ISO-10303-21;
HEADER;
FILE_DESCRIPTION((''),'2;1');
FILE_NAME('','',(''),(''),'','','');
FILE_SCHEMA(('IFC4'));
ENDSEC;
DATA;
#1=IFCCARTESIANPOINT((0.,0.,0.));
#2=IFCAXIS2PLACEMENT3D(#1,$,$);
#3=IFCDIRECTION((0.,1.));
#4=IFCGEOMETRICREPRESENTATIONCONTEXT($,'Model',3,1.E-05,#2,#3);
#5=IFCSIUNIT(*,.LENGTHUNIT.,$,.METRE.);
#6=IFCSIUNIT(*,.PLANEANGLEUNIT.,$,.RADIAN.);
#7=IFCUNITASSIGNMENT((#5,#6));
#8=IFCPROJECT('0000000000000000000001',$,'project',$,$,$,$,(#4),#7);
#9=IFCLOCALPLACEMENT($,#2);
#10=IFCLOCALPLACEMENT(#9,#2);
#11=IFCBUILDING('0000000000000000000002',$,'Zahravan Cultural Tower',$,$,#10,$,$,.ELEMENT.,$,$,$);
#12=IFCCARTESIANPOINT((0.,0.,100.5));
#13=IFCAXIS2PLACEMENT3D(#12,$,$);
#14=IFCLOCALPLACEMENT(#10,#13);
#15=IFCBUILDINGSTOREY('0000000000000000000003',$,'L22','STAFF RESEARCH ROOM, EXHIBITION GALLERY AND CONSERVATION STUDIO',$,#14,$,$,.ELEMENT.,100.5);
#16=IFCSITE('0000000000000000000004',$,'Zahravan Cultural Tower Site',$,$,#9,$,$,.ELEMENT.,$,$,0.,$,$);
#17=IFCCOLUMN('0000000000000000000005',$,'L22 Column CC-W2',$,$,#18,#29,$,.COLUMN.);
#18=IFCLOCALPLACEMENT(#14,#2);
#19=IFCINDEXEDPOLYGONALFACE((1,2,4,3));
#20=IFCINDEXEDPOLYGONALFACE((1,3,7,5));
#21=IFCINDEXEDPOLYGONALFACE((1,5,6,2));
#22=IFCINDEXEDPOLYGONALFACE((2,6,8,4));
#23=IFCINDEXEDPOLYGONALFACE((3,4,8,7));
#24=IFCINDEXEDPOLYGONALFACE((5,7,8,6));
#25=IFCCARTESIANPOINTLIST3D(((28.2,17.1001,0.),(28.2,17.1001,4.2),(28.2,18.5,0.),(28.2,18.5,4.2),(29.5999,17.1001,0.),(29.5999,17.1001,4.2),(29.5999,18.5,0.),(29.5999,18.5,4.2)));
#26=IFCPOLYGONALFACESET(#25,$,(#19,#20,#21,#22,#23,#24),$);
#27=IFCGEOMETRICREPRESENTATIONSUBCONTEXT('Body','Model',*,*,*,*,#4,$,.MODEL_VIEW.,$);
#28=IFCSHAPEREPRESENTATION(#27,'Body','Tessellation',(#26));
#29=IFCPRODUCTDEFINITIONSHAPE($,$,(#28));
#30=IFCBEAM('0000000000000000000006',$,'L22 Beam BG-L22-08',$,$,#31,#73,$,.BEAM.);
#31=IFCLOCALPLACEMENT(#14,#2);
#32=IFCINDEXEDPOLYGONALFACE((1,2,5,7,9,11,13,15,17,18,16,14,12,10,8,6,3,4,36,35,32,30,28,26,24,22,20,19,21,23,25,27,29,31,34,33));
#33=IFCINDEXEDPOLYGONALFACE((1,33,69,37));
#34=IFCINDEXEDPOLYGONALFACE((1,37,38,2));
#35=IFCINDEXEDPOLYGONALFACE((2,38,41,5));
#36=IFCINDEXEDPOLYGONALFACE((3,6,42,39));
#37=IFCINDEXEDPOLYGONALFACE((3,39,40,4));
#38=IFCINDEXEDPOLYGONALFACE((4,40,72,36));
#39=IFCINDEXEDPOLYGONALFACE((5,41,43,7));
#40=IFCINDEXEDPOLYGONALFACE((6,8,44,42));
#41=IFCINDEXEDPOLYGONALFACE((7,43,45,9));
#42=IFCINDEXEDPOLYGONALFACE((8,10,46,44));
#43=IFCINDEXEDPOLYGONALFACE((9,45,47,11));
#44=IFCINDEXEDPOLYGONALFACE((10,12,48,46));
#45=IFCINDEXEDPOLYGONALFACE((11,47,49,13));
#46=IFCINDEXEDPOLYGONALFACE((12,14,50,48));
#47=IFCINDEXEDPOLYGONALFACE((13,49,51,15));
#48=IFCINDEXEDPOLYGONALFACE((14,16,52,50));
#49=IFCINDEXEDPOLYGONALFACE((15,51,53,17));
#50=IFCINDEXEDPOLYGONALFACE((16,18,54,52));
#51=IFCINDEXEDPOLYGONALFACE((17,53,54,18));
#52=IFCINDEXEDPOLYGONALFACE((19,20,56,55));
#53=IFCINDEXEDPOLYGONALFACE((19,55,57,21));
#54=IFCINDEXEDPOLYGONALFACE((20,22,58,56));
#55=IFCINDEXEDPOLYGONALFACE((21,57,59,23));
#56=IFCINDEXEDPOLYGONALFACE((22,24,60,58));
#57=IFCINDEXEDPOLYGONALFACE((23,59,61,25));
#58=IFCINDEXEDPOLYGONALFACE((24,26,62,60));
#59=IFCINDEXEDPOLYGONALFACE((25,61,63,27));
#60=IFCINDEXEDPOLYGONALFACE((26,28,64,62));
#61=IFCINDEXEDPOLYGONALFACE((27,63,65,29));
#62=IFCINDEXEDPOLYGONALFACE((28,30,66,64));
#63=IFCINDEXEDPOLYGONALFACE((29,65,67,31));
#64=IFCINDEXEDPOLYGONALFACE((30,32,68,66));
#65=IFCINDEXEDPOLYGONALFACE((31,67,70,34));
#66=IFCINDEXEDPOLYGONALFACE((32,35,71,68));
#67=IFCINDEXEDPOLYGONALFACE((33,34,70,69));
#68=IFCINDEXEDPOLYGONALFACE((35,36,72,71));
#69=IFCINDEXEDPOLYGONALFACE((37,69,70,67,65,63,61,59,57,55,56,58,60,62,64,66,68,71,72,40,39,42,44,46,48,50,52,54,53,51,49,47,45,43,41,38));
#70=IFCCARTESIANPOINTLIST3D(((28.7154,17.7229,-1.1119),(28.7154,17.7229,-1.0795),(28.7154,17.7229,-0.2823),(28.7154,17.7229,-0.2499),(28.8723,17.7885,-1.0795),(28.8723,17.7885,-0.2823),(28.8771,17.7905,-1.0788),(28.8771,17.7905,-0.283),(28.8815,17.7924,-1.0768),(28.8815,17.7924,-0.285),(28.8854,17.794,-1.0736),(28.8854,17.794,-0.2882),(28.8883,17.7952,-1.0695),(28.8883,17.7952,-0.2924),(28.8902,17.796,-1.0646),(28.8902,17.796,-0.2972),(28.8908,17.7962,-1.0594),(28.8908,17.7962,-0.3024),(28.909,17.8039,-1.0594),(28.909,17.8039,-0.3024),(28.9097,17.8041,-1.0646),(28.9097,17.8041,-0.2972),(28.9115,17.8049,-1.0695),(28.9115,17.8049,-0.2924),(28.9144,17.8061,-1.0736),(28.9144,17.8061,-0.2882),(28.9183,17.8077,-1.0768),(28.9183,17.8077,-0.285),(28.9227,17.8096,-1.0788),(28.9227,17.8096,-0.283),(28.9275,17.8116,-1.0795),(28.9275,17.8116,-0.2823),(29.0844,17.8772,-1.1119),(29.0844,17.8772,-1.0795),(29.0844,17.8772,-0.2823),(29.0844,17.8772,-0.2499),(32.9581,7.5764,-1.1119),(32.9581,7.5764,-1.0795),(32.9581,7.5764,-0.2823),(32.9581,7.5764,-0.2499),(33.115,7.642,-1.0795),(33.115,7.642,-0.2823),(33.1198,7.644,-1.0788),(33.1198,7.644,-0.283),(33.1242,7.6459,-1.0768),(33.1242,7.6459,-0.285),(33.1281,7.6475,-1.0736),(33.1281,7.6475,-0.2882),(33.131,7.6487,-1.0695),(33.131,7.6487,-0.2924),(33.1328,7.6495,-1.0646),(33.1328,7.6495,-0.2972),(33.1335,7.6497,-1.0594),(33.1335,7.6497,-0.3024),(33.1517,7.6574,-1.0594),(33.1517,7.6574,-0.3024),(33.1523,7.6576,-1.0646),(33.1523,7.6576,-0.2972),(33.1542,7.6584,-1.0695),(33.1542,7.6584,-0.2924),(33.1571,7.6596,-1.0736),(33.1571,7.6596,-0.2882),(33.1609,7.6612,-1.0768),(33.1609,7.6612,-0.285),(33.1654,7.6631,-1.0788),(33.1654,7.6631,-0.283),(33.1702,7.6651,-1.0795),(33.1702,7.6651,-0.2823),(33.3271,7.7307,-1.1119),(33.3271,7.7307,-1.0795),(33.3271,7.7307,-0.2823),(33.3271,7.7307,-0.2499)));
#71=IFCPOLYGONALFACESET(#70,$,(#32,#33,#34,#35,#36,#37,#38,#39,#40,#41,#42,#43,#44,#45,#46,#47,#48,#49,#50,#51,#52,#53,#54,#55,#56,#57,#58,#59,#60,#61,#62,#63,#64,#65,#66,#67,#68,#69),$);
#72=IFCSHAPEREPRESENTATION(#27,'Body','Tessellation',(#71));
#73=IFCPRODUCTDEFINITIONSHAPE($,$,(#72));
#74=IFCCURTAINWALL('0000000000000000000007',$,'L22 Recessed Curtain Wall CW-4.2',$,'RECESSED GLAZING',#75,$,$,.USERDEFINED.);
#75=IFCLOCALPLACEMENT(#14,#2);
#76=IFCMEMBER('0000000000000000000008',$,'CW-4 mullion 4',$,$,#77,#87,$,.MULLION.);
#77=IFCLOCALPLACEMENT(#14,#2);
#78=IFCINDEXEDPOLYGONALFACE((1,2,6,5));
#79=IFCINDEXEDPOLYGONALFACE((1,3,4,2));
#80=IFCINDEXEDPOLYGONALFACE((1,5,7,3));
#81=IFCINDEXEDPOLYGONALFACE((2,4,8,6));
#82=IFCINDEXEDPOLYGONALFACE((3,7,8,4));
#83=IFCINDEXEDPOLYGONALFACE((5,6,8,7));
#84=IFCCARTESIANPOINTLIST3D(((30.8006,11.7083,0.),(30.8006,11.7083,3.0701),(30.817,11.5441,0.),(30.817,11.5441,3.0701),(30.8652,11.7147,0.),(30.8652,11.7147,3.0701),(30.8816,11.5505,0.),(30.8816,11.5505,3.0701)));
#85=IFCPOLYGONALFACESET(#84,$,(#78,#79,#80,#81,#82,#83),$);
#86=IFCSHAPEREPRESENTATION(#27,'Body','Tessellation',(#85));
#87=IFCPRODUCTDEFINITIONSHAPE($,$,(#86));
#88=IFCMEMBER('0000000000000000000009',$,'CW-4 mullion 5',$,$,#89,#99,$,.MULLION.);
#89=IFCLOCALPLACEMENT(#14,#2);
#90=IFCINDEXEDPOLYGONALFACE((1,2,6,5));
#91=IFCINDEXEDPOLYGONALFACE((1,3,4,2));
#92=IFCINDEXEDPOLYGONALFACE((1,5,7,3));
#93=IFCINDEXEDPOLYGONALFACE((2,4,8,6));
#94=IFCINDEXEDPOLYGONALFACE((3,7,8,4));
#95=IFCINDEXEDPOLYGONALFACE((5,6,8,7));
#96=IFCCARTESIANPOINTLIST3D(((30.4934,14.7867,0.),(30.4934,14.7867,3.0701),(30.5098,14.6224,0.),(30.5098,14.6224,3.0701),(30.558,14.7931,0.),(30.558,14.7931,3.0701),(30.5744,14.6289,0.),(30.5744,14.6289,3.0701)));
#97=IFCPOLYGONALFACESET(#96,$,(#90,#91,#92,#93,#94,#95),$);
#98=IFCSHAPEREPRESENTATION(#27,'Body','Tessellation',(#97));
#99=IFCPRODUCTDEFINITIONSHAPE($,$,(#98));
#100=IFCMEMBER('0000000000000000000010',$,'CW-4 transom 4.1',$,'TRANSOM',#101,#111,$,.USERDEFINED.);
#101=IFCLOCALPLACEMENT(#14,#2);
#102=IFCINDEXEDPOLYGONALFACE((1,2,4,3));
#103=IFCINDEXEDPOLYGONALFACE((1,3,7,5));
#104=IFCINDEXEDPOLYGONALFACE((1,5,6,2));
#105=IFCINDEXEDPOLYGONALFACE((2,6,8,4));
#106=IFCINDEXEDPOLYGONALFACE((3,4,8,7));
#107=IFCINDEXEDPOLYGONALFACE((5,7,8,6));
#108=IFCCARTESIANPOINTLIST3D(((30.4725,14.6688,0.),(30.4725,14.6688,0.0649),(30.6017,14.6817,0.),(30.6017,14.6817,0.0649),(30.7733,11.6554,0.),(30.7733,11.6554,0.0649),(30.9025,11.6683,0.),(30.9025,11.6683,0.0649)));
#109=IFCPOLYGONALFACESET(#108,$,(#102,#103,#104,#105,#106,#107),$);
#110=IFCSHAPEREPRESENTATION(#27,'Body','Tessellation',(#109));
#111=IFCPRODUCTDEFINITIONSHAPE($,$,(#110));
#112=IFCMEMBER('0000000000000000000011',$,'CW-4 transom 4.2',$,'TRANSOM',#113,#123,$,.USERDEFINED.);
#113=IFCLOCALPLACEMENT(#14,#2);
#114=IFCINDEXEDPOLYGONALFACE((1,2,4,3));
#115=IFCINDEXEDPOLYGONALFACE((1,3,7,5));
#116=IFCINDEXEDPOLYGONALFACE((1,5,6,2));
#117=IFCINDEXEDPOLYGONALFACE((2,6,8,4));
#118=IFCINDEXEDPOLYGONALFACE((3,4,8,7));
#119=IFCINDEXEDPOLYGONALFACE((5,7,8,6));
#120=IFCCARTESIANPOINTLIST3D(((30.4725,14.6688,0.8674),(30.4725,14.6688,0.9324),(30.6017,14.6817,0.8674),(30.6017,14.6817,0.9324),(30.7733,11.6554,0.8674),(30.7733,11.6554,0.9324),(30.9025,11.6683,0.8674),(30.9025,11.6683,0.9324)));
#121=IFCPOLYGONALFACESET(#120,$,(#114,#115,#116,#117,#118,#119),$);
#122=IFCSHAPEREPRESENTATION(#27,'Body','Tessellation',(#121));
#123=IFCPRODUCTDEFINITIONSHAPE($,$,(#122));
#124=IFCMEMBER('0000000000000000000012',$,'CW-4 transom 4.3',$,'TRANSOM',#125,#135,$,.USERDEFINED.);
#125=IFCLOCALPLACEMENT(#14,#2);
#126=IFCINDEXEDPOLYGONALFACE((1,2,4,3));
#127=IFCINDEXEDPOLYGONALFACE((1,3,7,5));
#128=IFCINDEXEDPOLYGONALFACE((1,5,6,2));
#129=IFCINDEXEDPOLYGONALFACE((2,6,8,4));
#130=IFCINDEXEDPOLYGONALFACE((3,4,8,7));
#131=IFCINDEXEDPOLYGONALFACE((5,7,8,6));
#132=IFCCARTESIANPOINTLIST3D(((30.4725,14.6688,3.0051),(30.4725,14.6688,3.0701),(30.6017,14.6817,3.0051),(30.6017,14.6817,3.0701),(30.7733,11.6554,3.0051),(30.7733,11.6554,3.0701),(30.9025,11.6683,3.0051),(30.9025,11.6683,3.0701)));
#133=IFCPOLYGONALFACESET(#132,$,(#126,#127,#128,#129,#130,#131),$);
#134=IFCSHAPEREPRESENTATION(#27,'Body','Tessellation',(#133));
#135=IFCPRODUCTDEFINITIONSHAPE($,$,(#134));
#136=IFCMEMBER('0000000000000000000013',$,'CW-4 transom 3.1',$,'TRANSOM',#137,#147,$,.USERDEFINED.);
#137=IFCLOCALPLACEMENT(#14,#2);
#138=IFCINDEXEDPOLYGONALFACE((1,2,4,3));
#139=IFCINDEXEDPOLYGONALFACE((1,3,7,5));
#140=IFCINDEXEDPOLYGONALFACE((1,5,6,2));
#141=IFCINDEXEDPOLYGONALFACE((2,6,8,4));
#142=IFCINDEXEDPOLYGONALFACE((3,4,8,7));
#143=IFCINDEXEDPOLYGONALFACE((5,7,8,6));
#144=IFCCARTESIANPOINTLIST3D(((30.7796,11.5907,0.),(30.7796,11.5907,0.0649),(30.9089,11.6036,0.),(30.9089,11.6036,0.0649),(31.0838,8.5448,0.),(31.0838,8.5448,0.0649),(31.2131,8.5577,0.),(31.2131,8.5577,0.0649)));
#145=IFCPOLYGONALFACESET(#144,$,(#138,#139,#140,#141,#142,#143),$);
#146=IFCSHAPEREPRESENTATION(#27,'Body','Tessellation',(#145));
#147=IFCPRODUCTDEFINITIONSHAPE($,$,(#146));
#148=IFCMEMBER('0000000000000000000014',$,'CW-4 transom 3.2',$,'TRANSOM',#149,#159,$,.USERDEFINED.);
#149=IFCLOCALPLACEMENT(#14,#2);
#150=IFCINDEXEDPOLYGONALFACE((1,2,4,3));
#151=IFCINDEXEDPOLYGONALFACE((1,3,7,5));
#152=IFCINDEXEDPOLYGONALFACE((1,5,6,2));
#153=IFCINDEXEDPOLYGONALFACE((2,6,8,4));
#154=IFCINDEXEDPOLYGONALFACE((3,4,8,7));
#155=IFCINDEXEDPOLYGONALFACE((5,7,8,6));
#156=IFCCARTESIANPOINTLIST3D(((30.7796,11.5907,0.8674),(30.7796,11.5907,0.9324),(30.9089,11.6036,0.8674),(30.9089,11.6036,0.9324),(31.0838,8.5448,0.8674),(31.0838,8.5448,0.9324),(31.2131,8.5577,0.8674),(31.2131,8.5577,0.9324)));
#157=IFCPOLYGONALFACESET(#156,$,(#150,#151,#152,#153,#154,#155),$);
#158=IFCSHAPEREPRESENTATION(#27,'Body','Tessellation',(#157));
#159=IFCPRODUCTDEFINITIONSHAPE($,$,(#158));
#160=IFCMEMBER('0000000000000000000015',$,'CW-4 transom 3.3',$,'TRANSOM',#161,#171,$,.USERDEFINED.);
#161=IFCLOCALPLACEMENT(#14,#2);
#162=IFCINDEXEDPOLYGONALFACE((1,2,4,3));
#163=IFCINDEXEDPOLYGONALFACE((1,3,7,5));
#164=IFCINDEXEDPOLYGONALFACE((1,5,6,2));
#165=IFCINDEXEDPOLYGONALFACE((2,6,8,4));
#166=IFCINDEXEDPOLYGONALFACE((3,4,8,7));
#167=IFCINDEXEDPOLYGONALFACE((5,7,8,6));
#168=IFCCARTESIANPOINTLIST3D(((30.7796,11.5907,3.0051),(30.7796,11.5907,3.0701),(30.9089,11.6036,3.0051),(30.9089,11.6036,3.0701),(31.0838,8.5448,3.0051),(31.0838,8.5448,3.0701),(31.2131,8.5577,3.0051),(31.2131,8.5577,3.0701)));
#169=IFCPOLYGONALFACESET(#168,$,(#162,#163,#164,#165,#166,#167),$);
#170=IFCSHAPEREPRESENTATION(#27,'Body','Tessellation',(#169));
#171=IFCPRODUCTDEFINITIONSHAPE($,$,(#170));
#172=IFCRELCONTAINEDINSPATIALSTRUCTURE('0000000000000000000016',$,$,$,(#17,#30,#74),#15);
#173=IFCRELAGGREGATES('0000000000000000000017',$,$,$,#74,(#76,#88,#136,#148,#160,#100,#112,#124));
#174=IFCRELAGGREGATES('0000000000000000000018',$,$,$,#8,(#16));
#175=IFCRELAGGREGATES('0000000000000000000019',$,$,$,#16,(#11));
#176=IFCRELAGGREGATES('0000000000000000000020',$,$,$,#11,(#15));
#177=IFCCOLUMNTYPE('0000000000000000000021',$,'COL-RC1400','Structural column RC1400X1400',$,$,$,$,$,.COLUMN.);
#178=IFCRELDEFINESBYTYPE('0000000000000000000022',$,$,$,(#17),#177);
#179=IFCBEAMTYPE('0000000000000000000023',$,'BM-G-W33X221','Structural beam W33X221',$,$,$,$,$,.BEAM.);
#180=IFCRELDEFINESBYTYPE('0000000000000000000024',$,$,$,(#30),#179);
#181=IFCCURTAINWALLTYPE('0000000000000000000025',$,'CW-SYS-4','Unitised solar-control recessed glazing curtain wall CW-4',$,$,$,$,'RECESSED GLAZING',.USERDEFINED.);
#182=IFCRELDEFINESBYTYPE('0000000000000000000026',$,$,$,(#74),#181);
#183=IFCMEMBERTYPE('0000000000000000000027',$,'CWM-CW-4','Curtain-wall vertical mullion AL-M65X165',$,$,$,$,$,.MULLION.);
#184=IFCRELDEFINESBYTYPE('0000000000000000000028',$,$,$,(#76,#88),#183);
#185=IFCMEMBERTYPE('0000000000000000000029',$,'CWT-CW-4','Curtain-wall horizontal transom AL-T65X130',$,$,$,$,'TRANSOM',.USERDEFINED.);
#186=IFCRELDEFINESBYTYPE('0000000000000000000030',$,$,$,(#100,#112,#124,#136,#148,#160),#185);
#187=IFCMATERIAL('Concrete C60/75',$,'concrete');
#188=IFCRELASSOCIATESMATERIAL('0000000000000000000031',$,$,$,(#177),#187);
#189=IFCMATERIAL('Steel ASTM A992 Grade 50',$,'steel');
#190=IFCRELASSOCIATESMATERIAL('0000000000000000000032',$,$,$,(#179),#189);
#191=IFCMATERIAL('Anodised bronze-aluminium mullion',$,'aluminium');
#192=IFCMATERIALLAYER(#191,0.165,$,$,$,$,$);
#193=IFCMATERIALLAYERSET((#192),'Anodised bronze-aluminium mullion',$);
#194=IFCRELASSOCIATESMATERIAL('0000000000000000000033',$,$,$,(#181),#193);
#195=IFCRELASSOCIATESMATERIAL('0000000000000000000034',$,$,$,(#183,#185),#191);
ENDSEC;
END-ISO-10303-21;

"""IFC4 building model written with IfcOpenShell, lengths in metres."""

from ifc_helpers import new_model, si_unit, direction, frame, origin, origin_2d, place, context, subcontext, project, spatial, rectangle, i_section, extrude, source, transform, mapped, material, layer, layer_set, material_profile, profile_set, type_object, element, aggregate, save


model = new_model("IFC4")

# Units and contexts
model_context = context("Model", 3, precision=1e-05, world=origin(), true_north=direction((0.0, 1.0)))
body_context = subcontext(model_context, "Body", "Model", "MODEL_VIEW")
ifc_project = project(units=[si_unit("LENGTHUNIT", "METRE"), si_unit("PLANEANGLEUNIT", "RADIAN")], contexts=[model_context])

# Site, building, storey
site_placement = place(None, origin())
site = spatial("IfcSite", under=ifc_project, at=site_placement, Name="Zahravan Cultural Tower Site", CompositionType="ELEMENT", RefElevation=0.0)
building_placement = place(site_placement, origin())
building = spatial("IfcBuilding", under=site, at=building_placement, Name="Zahravan Cultural Tower", CompositionType="ELEMENT")
storey_placement = place(building_placement, frame((0.0, 0.0, 100.5)))
storey = spatial("IfcBuildingStorey", under=building, at=storey_placement, Name="L22", Description="STAFF RESEARCH ROOM, EXHIBITION GALLERY AND CONSERVATION STUDIO", CompositionType="ELEMENT", Elevation=100.5)

# Column
ifc_material_1 = material(Name="Concrete C60/75", Category="concrete")
ifc_material_profile_1 = material_profile(ifc_material_1, rectangle(XDim=1.3999, YDim=1.3999, at=origin_2d()), Name="RC1400X1400")
ifc_profile_set_1 = profile_set([ifc_material_profile_1], Name="Concrete C60/75")
column_type = type_object("IfcColumnType", Name="COL-RC1400", Description="Structural column RC1400X1400", PredefinedType="COLUMN", material=ifc_profile_set_1)
shared_shape_1 = source(origin(), body_context, "Body", "SweptSolid", [
    extrude(rectangle(XDim=1.3999, YDim=1.3999, at=origin_2d()), origin(), (0.0, 0.0, 1.0), 4.2),
])
column_placement = place(storey_placement, frame((28.8999, 17.8, 0.0), z_axis=(0.0, 0.0, 1.0), x_axis=(1.0, 0.0, 0.0)))
element("IfcColumn", 1, at=column_placement, inside=storey, type_object=column_type, Name="L22 Column CC-W2", PredefinedType="COLUMN", context=body_context, shape_type="MappedRepresentation", body=[
    mapped(shared_shape_1, transform((0.0, 0.0, 0.0), x_axis=(1.0, 0.0, 0.0), y_axis=(0.0, 1.0, 0.0), z_axis=(0.0, 0.0, 1.0), scale=1.0)),
])

# Beam
ifc_material_2 = material(Name="Steel ASTM A992 Grade 50", Category="steel")
ifc_material_profile_2 = material_profile(ifc_material_2, i_section(OverallWidth=0.3999, OverallDepth=0.8621, WebThickness=0.0198, FlangeThickness=0.0325, FilletRadius=0.02, at=origin_2d()), Name="W33X221")
ifc_profile_set_2 = profile_set([ifc_material_profile_2], Name="Steel ASTM A992 Grade 50")
beam_type = type_object("IfcBeamType", Name="BM-G-W33X221", Description="Structural beam W33X221", PredefinedType="BEAM", material=ifc_profile_set_2)
shared_shape_2 = source(origin(), body_context, "Body", "SweptSolid", [
    extrude(i_section(OverallWidth=0.3999, OverallDepth=0.8621, WebThickness=0.0198, FlangeThickness=0.0325, FilletRadius=0.02, at=origin_2d()), origin(), (0.0, 0.0, 1.0), 10.9978),
])
beam_placement = place(storey_placement, frame((28.8999, 17.8, -0.6809), z_axis=(0.385775, -0.922593, 0.0), x_axis=(0.922593, 0.385775, 0.0)))
element("IfcBeam", 2, at=beam_placement, inside=storey, type_object=beam_type, Name="L22 Beam BG-L22-08", PredefinedType="BEAM", context=body_context, shape_type="MappedRepresentation", body=[
    mapped(shared_shape_2, transform((0.0, 0.0, 0.0), x_axis=(1.0, 0.0, 0.0), y_axis=(0.0, 1.0, 0.0), z_axis=(0.0, 0.0, 1.0), scale=1.0)),
])

# Curtain wall, members
ifc_material_3 = material(Name="Anodised bronze-aluminium mullion", Category="aluminium")
ifc_layer_1 = layer(ifc_material_3, 0.165)
ifc_layer_set_1 = layer_set([ifc_layer_1], Name="Anodised bronze-aluminium mullion")
curtain_wall_type = type_object("IfcCurtainWallType", Name="CW-SYS-4", Description="Unitised solar-control recessed glazing curtain wall CW-4", ElementType="RECESSED GLAZING", PredefinedType="USERDEFINED", material=ifc_layer_set_1)
curtain_wall_placement = place(storey_placement, origin())
curtain_wall = element("IfcCurtainWall", 3, at=curtain_wall_placement, inside=storey, type_object=curtain_wall_type, Name="L22 Recessed Curtain Wall CW-4.2", ObjectType="RECESSED GLAZING", PredefinedType="USERDEFINED")
ifc_material_profile_3 = material_profile(ifc_material_3, rectangle(XDim=0.0649, YDim=0.165, at=origin_2d()), Name="AL-M65X165")
ifc_profile_set_3 = profile_set([ifc_material_profile_3], Name="Anodised bronze-aluminium mullion")
member_type_1 = type_object("IfcMemberType", Name="CWM-CW-4", Description="Curtain-wall vertical mullion AL-M65X165", PredefinedType="MULLION", material=ifc_profile_set_3)
shared_shape_3 = source(origin(), body_context, "Body", "SweptSolid", [
    extrude(rectangle(XDim=0.0649, YDim=0.165, at=origin_2d()), origin(), (0.0, 0.0, 1.0), 3.0701),
])
member_1_placement = place(storey_placement, frame((30.8411, 11.6294, 0.0), z_axis=(0.0, 0.0, 1.0), x_axis=(-0.995055, -0.099322, 0.0)))
member_1 = element("IfcMember", 4, at=member_1_placement, type_object=member_type_1, Name="CW-4 mullion 4", PredefinedType="MULLION", context=body_context, shape_type="MappedRepresentation", body=[
    mapped(shared_shape_3, transform((0.0, 0.0, 0.0), x_axis=(1.0, 0.0, 0.0), y_axis=(0.0, 1.0, 0.0), z_axis=(0.0, 0.0, 1.0), scale=1.0)),
])
member_2_placement = place(storey_placement, frame((30.5339, 14.7078, 0.0), z_axis=(0.0, 0.0, 1.0), x_axis=(-0.995055, -0.099322, 0.0)))
member_2 = element("IfcMember", 5, at=member_2_placement, type_object=member_type_1, Name="CW-4 mullion 5", PredefinedType="MULLION", context=body_context, shape_type="MappedRepresentation", body=[
    mapped(shared_shape_3, transform((0.0, 0.0, 0.0), x_axis=(1.0, 0.0, 0.0), y_axis=(0.0, 1.0, 0.0), z_axis=(0.0, 0.0, 1.0), scale=1.0)),
])
ifc_material_profile_4 = material_profile(ifc_material_3, rectangle(XDim=0.1299, YDim=0.0649, at=origin_2d()), Name="AL-T65X130")
ifc_profile_set_4 = profile_set([ifc_material_profile_4], Name="Anodised bronze-aluminium mullion")
member_type_2 = type_object("IfcMemberType", Name="CWT-CW-4", Description="Curtain-wall horizontal transom AL-T65X130", ElementType="TRANSOM", PredefinedType="USERDEFINED", material=ifc_profile_set_4)
shared_shape_4 = source(origin(), body_context, "Body", "SweptSolid", [
    extrude(rectangle(XDim=0.1299, YDim=0.0649, at=origin_2d()), origin(), (0.0, 0.0, 1.0), 3.0283),
])
member_3_placement = place(storey_placement, frame((30.8379, 11.6619, 0.0325), z_axis=(-0.09932, 0.995056, 0.0), x_axis=(-0.995056, -0.09932, 0.0)))
member_3 = element("IfcMember", 6, at=member_3_placement, type_object=member_type_2, Name="CW-4 transom 4.1", ObjectType="TRANSOM", PredefinedType="USERDEFINED", context=body_context, shape_type="MappedRepresentation", body=[
    mapped(shared_shape_4, transform((0.0, 0.0, 0.0), x_axis=(1.0, 0.0, 0.0), y_axis=(0.0, 1.0, 0.0), z_axis=(0.0, 0.0, 1.0), scale=1.0)),
])
member_4_placement = place(storey_placement, frame((30.8379, 11.6619, 0.8999), z_axis=(-0.09932, 0.995056, 0.0), x_axis=(-0.995056, -0.09932, 0.0)))
member_4 = element("IfcMember", 7, at=member_4_placement, type_object=member_type_2, Name="CW-4 transom 4.2", ObjectType="TRANSOM", PredefinedType="USERDEFINED", context=body_context, shape_type="MappedRepresentation", body=[
    mapped(shared_shape_4, transform((0.0, 0.0, 0.0), x_axis=(1.0, 0.0, 0.0), y_axis=(0.0, 1.0, 0.0), z_axis=(0.0, 0.0, 1.0), scale=1.0)),
])
member_5_placement = place(storey_placement, frame((30.8379, 11.6619, 3.0376), z_axis=(-0.09932, 0.995056, 0.0), x_axis=(-0.995056, -0.09932, 0.0)))
member_5 = element("IfcMember", 8, at=member_5_placement, type_object=member_type_2, Name="CW-4 transom 4.3", ObjectType="TRANSOM", PredefinedType="USERDEFINED", context=body_context, shape_type="MappedRepresentation", body=[
    mapped(shared_shape_4, transform((0.0, 0.0, 0.0), x_axis=(1.0, 0.0, 0.0), y_axis=(0.0, 1.0, 0.0), z_axis=(0.0, 0.0, 1.0), scale=1.0)),
])
shared_shape_5 = source(origin(), body_context, "Body", "SweptSolid", [
    extrude(rectangle(XDim=0.1299, YDim=0.0649, at=origin_2d()), origin(), (0.0, 0.0, 1.0), 3.061),
])
member_6_placement = place(storey_placement, frame((31.1484, 8.5513, 0.0325), z_axis=(-0.099377, 0.99505, 0.0), x_axis=(-0.99505, -0.099377, 0.0)))
member_6 = element("IfcMember", 9, at=member_6_placement, type_object=member_type_2, Name="CW-4 transom 3.1", ObjectType="TRANSOM", PredefinedType="USERDEFINED", context=body_context, shape_type="MappedRepresentation", body=[
    mapped(shared_shape_5, transform((0.0, 0.0, 0.0), x_axis=(1.0, 0.0, 0.0), y_axis=(0.0, 1.0, 0.0), z_axis=(0.0, 0.0, 1.0), scale=1.0)),
])
member_7_placement = place(storey_placement, frame((31.1484, 8.5513, 0.8999), z_axis=(-0.099377, 0.99505, 0.0), x_axis=(-0.99505, -0.099377, 0.0)))
member_7 = element("IfcMember", 10, at=member_7_placement, type_object=member_type_2, Name="CW-4 transom 3.2", ObjectType="TRANSOM", PredefinedType="USERDEFINED", context=body_context, shape_type="MappedRepresentation", body=[
    mapped(shared_shape_5, transform((0.0, 0.0, 0.0), x_axis=(1.0, 0.0, 0.0), y_axis=(0.0, 1.0, 0.0), z_axis=(0.0, 0.0, 1.0), scale=1.0)),
])
member_8_placement = place(storey_placement, frame((31.1484, 8.5513, 3.0376), z_axis=(-0.099377, 0.99505, 0.0), x_axis=(-0.99505, -0.099377, 0.0)))
member_8 = element("IfcMember", 11, at=member_8_placement, type_object=member_type_2, Name="CW-4 transom 3.3", ObjectType="TRANSOM", PredefinedType="USERDEFINED", context=body_context, shape_type="MappedRepresentation", body=[
    mapped(shared_shape_5, transform((0.0, 0.0, 0.0), x_axis=(1.0, 0.0, 0.0), y_axis=(0.0, 1.0, 0.0), z_axis=(0.0, 0.0, 1.0), scale=1.0)),
])
aggregate(curtain_wall, [member_1, member_2, member_6, member_7, member_8, member_3, member_4, member_5])

save(model, "model.ifc")
